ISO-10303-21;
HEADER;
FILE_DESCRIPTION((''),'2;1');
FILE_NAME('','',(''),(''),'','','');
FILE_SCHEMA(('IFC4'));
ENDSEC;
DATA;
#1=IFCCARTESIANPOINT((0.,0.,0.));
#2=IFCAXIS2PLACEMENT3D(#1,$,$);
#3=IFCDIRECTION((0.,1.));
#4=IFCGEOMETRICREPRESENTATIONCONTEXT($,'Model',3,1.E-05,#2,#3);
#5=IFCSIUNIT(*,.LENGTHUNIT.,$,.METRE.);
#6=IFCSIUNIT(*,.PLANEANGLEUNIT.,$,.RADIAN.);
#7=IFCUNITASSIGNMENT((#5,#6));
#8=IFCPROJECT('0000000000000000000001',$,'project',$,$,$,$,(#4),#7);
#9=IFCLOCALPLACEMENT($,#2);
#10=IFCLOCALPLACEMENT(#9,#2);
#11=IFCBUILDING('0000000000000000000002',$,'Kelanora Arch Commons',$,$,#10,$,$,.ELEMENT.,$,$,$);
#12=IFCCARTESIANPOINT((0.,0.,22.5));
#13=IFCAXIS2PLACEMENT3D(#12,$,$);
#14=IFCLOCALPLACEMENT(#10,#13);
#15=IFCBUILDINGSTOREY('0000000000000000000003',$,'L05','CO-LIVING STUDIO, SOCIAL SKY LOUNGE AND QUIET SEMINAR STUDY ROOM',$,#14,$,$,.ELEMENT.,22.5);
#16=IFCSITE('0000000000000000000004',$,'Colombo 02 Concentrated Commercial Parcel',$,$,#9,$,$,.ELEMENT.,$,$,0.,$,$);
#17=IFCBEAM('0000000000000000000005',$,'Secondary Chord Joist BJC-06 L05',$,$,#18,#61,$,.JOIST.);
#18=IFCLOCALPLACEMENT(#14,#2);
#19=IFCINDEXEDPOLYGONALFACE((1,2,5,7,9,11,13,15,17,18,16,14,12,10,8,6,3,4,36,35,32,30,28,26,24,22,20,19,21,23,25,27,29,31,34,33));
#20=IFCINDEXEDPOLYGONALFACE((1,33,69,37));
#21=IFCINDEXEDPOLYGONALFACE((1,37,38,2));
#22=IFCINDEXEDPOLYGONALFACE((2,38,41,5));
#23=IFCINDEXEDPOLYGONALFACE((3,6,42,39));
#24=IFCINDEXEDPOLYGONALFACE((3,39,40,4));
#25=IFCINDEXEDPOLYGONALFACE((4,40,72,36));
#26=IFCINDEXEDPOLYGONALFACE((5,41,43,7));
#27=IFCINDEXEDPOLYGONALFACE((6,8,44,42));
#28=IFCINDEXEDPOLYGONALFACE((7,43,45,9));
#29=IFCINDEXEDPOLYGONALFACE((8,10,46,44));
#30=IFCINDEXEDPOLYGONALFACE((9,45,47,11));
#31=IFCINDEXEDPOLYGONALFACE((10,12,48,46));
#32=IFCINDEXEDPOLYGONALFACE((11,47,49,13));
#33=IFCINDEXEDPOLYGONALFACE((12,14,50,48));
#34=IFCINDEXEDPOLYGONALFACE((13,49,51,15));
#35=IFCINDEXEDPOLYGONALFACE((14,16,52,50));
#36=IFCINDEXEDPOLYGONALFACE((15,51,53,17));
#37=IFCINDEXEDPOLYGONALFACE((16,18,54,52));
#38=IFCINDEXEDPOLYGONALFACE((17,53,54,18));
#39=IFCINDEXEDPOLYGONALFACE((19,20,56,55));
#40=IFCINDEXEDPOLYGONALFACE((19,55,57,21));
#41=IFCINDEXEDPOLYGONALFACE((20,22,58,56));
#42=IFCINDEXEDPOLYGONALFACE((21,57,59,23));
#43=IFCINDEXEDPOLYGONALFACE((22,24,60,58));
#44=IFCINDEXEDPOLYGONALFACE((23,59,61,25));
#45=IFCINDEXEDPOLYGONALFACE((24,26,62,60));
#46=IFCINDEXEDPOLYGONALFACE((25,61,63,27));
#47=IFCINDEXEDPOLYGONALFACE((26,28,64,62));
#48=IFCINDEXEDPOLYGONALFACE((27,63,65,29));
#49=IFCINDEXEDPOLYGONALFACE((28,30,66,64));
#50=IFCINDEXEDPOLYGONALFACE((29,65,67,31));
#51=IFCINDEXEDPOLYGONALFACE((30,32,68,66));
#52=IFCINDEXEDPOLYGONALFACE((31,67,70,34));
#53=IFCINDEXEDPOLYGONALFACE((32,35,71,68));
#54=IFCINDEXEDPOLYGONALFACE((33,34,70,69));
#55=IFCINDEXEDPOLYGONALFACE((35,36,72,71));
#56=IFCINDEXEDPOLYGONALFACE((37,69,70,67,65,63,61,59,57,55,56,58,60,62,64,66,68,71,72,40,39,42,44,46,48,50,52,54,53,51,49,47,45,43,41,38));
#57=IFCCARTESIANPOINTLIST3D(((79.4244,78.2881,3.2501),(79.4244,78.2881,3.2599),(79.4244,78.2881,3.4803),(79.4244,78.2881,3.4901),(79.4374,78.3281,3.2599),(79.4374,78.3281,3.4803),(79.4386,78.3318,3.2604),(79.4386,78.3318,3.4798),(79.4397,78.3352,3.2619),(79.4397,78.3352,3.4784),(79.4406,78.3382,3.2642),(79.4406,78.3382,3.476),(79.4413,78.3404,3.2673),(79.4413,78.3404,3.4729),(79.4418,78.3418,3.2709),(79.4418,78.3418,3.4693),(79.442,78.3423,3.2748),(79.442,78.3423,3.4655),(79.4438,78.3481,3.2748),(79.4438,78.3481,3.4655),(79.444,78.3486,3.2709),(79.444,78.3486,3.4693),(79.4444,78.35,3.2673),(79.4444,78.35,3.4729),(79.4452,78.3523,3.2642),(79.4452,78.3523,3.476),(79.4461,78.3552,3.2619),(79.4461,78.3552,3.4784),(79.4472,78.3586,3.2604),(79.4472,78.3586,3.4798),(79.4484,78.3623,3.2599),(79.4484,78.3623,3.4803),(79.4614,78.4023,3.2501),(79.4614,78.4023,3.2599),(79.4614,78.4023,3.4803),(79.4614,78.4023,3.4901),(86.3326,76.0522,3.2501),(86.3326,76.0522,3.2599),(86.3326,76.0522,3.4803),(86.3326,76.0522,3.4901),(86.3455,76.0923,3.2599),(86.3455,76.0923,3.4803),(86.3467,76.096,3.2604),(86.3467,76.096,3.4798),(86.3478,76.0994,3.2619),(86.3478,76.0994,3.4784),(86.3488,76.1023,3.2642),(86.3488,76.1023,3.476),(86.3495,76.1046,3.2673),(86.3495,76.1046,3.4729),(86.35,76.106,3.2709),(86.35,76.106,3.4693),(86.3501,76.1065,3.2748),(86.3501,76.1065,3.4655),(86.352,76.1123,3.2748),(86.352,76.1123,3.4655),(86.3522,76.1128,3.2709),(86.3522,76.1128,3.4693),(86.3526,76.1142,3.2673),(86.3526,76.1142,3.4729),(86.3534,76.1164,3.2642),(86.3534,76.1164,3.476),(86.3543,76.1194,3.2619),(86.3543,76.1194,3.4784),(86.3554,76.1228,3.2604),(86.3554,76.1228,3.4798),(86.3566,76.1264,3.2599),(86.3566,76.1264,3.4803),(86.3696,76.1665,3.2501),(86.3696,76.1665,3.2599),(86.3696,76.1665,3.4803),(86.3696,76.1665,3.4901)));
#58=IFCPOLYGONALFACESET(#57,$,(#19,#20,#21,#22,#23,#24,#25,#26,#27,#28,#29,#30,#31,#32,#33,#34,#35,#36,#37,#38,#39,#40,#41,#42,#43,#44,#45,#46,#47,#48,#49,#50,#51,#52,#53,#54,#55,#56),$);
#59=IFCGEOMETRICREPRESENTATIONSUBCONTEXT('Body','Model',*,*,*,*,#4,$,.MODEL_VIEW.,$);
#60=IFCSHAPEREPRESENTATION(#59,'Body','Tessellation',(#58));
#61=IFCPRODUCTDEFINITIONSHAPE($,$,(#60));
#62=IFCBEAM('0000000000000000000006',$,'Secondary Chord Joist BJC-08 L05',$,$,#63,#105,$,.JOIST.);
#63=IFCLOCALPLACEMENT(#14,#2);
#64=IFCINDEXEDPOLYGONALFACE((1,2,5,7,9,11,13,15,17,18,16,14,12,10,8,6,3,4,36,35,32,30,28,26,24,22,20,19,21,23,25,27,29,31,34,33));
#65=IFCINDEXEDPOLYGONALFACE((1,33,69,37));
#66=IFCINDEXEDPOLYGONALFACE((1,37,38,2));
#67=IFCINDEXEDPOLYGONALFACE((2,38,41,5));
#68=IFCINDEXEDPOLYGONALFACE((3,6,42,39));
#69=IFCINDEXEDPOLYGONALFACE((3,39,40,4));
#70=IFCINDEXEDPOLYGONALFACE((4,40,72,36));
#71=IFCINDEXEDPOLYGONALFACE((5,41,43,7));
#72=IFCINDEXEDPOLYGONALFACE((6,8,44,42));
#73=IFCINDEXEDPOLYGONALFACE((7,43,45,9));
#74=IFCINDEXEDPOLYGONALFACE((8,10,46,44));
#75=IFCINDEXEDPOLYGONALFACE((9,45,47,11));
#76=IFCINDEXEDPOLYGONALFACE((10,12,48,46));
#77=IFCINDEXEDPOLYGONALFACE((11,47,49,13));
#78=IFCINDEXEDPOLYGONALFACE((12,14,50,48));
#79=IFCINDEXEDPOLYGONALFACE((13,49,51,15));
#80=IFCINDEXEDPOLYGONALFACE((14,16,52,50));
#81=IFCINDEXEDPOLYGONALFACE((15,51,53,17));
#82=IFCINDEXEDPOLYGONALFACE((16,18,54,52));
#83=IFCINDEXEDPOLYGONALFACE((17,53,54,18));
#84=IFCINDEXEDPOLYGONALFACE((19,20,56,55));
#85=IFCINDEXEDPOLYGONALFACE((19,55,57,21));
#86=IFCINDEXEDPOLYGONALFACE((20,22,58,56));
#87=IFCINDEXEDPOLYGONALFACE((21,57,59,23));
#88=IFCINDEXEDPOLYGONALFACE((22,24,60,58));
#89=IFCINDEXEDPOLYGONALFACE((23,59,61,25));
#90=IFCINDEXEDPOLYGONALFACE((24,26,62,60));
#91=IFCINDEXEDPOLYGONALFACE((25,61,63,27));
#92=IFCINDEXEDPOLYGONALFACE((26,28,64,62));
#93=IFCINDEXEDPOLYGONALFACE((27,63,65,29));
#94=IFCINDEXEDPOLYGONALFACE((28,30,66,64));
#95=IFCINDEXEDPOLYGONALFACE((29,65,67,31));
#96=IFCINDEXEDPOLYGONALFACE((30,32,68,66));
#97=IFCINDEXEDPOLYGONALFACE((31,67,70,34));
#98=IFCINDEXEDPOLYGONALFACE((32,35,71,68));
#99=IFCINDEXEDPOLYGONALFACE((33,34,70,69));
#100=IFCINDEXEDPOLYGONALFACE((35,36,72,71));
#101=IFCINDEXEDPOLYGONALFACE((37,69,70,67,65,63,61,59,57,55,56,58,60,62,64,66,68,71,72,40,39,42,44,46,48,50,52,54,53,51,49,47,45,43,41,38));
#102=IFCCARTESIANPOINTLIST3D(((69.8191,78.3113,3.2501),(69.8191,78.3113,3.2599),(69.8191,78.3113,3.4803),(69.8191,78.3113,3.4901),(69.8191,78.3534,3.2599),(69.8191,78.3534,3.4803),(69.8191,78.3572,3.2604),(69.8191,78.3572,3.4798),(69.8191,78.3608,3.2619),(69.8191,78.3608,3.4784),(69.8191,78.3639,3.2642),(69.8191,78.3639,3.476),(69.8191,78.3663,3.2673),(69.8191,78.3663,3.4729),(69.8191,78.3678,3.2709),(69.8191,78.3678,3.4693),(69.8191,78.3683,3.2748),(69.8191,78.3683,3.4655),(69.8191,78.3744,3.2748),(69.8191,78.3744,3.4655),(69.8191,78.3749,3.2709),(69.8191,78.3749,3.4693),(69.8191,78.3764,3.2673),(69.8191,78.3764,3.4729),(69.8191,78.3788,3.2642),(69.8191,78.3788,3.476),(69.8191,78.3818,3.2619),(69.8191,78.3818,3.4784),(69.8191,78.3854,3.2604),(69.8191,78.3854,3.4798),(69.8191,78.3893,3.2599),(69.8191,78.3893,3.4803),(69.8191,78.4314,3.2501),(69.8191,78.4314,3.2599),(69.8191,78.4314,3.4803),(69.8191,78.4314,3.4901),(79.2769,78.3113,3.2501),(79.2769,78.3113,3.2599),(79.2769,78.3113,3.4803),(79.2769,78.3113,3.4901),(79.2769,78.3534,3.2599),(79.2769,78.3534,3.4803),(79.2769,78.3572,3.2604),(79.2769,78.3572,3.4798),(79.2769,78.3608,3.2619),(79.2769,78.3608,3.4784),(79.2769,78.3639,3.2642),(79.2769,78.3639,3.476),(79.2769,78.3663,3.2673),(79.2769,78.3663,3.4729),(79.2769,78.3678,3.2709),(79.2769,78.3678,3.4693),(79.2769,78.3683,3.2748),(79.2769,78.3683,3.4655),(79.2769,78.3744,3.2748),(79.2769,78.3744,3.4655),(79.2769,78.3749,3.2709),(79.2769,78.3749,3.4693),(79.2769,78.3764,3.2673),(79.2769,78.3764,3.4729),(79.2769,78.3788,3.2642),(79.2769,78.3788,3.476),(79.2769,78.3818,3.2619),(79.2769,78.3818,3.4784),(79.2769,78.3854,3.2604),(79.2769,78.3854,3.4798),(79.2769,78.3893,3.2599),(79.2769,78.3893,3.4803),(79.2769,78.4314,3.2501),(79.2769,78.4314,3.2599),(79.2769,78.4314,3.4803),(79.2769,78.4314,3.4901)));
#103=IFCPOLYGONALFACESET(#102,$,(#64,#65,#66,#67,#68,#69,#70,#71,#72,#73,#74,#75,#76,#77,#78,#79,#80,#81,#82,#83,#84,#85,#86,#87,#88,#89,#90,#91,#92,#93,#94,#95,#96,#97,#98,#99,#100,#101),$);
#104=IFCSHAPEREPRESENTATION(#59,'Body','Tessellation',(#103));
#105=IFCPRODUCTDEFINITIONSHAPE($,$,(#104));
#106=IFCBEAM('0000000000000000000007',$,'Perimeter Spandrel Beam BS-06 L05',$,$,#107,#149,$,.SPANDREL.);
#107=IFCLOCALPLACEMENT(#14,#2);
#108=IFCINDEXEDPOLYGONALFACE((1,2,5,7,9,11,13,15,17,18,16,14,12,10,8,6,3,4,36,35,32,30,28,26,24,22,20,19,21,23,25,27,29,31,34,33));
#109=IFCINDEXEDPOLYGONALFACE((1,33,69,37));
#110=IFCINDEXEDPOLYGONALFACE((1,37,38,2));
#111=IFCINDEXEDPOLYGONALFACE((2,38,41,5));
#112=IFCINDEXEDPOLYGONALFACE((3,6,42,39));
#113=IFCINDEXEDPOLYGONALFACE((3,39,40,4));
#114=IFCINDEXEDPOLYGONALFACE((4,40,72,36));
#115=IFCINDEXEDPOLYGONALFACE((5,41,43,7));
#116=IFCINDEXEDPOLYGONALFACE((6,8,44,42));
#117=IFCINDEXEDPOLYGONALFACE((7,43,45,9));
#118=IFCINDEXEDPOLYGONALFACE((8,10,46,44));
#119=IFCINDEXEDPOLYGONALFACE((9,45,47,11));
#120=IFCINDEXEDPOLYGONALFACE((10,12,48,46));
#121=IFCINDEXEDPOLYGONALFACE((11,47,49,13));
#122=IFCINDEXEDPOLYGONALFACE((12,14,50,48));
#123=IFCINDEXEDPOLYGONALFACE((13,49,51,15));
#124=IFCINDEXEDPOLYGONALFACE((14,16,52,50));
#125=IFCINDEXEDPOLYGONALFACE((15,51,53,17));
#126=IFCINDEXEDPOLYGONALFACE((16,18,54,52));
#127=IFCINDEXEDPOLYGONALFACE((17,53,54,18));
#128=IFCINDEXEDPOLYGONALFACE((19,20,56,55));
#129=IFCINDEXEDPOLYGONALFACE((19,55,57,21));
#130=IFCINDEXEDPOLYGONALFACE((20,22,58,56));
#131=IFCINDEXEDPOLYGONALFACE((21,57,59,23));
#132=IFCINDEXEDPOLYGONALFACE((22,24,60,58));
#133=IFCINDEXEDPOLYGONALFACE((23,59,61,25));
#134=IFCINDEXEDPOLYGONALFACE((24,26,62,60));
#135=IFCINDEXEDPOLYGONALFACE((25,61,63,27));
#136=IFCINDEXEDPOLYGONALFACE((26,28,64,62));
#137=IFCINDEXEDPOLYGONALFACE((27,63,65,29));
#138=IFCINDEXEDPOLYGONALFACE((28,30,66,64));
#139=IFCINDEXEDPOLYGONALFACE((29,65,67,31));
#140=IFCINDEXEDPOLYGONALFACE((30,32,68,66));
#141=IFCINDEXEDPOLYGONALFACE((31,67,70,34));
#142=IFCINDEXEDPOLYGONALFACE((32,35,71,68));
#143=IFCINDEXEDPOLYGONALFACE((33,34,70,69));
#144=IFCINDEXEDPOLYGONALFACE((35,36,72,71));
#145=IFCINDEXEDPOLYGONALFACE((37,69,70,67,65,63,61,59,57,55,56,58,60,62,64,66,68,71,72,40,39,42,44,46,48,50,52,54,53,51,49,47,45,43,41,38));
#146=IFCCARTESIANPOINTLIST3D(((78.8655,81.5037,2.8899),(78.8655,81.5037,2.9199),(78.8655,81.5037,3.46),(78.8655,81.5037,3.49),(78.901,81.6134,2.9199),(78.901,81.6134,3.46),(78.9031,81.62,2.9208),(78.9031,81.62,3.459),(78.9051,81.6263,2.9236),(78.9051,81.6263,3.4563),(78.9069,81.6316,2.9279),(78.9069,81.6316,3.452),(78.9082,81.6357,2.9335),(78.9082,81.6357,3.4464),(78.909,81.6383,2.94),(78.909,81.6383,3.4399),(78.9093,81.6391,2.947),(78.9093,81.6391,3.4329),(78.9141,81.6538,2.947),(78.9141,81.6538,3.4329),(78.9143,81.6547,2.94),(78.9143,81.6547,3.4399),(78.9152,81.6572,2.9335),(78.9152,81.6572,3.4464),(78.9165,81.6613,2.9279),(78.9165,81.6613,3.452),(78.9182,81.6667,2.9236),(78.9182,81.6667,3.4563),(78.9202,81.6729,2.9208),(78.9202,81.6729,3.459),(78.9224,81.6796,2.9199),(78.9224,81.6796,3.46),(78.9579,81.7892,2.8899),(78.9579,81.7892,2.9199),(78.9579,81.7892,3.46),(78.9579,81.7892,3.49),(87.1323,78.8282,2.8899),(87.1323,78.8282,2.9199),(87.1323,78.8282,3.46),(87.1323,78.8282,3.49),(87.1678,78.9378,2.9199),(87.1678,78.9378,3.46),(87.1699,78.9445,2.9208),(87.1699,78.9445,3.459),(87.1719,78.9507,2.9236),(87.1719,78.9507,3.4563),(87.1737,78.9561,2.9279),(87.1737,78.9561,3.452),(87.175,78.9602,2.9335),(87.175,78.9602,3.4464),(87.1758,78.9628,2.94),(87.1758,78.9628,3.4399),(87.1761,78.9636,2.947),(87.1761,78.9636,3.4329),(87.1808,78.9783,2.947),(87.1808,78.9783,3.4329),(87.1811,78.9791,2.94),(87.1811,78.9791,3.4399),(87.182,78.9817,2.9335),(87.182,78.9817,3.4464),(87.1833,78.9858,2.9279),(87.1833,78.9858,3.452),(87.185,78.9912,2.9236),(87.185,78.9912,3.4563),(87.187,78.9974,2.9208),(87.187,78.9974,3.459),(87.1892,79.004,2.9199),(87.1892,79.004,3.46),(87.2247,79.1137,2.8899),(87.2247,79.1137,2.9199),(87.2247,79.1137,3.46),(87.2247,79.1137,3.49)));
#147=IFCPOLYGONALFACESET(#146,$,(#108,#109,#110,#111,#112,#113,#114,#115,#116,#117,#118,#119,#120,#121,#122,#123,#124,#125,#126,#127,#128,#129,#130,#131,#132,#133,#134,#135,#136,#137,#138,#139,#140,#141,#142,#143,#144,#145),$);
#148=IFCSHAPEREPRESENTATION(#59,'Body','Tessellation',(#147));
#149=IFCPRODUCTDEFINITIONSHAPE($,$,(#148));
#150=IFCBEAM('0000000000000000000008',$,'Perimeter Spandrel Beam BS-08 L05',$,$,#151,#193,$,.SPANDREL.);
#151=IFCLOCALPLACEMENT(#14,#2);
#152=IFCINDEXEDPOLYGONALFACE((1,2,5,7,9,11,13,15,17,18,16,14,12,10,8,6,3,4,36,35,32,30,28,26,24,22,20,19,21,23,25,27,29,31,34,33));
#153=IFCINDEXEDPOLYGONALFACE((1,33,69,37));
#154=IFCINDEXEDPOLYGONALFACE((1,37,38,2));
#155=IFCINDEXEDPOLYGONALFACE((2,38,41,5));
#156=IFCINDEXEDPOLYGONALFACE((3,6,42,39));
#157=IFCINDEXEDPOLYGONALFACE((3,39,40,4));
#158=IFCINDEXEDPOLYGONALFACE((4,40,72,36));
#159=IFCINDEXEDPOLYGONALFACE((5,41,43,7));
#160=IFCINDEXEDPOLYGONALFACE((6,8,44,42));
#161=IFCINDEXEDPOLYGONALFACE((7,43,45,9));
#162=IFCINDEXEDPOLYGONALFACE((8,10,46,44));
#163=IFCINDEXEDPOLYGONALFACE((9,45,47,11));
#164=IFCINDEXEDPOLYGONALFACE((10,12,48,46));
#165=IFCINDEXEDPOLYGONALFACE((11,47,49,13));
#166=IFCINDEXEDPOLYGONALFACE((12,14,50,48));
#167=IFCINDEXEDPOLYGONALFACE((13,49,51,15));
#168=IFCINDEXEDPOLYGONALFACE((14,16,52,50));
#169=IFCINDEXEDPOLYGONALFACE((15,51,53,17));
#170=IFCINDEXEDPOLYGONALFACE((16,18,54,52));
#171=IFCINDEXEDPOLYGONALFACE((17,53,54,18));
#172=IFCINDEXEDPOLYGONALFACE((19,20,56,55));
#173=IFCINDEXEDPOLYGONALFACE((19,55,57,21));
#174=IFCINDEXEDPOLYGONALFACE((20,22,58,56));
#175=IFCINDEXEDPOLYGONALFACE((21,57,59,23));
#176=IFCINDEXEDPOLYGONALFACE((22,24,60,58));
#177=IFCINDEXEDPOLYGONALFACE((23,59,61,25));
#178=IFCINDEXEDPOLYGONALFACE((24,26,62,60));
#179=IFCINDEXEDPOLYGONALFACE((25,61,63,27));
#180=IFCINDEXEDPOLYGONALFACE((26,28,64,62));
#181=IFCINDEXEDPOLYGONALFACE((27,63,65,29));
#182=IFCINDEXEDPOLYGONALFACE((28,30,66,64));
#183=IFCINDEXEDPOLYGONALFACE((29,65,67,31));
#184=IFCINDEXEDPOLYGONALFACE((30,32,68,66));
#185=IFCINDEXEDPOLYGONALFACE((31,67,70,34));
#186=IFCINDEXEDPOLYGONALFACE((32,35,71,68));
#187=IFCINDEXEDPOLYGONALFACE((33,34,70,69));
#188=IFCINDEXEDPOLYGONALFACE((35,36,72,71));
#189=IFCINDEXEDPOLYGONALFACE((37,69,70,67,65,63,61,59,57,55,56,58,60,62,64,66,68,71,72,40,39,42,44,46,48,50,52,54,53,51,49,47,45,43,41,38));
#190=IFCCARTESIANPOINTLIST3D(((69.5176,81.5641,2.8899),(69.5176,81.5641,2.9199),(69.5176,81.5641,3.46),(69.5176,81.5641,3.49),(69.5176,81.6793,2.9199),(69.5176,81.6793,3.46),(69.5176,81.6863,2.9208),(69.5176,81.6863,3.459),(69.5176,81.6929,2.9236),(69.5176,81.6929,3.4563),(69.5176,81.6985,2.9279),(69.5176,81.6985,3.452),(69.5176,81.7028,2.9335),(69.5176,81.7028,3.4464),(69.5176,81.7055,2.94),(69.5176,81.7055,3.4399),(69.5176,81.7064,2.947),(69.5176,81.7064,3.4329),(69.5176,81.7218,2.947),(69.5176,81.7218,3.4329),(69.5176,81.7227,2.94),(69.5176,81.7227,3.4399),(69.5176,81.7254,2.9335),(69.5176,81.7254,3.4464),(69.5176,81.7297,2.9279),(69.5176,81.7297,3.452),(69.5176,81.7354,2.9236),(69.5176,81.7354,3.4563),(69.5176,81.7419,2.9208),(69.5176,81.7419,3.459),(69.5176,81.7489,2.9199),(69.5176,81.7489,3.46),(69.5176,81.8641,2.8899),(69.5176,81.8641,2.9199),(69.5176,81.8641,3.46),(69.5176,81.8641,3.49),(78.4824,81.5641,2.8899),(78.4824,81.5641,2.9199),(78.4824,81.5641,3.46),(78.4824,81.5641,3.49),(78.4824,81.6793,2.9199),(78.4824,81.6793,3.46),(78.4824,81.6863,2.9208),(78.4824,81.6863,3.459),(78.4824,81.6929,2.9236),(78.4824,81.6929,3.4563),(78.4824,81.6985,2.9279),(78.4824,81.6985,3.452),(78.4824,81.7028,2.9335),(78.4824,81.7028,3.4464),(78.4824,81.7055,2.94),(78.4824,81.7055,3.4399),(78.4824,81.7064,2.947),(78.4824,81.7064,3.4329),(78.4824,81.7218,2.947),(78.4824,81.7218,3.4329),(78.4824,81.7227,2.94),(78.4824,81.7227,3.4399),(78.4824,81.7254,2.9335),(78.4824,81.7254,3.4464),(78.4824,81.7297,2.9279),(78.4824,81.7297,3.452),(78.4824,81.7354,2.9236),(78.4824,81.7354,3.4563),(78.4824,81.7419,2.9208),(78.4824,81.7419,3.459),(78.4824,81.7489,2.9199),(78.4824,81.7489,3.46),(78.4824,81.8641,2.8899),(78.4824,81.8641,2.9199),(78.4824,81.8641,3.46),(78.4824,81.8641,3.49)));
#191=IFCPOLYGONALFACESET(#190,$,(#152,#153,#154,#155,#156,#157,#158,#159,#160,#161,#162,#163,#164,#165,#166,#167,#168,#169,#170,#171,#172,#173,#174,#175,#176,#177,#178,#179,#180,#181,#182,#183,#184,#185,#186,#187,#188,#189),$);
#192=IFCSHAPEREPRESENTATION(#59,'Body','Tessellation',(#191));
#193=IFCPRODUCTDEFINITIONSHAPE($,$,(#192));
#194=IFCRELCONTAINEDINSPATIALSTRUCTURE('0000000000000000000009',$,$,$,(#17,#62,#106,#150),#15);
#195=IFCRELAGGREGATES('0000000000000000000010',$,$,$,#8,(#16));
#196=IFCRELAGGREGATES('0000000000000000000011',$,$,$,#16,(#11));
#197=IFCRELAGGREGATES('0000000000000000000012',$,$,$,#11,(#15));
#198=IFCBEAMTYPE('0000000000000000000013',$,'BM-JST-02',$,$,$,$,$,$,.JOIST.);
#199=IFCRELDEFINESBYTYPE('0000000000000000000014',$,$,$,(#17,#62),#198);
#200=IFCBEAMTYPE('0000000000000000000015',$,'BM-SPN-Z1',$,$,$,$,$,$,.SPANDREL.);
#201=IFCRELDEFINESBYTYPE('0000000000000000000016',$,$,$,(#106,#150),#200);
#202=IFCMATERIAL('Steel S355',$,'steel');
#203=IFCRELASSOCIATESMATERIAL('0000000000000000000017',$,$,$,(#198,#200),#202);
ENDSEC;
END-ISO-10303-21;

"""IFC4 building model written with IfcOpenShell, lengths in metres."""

from ifc_helpers import new_model, si_unit, direction, frame, origin, origin_2d, place, context, subcontext, project, spatial, i_section, extrude, material, material_profile, profile_set, type_object, element, save


model = new_model("IFC4")

# Units and contexts
model_context = context("Model", 3, precision=1e-05, world=origin(), true_north=direction((0.0, 1.0)))
body_context = subcontext(model_context, "Body", "Model", "MODEL_VIEW")
ifc_project = project(units=[si_unit("LENGTHUNIT", "METRE"), si_unit("PLANEANGLEUNIT", "RADIAN")], contexts=[model_context])

# Site, building, storey
site_placement = place(None, origin())
site = spatial("IfcSite", under=ifc_project, at=site_placement, Name="Colombo 02 Concentrated Commercial Parcel", CompositionType="ELEMENT", RefElevation=0.0)
building_placement = place(site_placement, origin())
building = spatial("IfcBuilding", under=site, at=building_placement, Name="Kelanora Arch Commons", CompositionType="ELEMENT")
storey_placement = place(building_placement, frame((0.0, 0.0, 22.5)))
storey = spatial("IfcBuildingStorey", under=building, at=storey_placement, Name="L05", Description="CO-LIVING STUDIO, SOCIAL SKY LOUNGE AND QUIET SEMINAR STUDY ROOM", CompositionType="ELEMENT", Elevation=22.5)

# Beams
ifc_material_1 = material(Name="Steel S355", Category="steel")
ifc_material_profile_1 = material_profile(ifc_material_1, i_section(OverallWidth=0.1201, OverallDepth=0.24, WebThickness=0.0061, FlangeThickness=0.0098, FilletRadius=0.0149, at=origin_2d()), Name="IPE240")
ifc_profile_set_1 = profile_set([ifc_material_profile_1], Name="Steel S355")
beam_type_1 = type_object("IfcBeamType", Name="BM-JST-02", PredefinedType="JOIST", material=ifc_profile_set_1)
beam_1_placement = place(storey_placement, frame((86.3511, 76.1094, 3.3701), z_axis=(-0.951411, 0.307924, 0.0), x_axis=(-0.307924, -0.951411, 0.0)))
element("IfcBeam", 1, at=beam_1_placement, inside=storey, type_object=beam_type_1, Name="Secondary Chord Joist BJC-06 L05", PredefinedType="JOIST", context=body_context, shape_type="SweptSolid", body=[
    extrude(i_section(OverallWidth=0.1201, OverallDepth=0.24, WebThickness=0.0061, FlangeThickness=0.0098, FilletRadius=0.0149, at=origin_2d()), origin(), (0.0, 0.0, 1.0), 7.261),
])
beam_2_placement = place(storey_placement, frame((79.2769, 78.3713, 3.3701), z_axis=(-1.0, 0.0, 0.0), x_axis=(0.0, -1.0, 0.0)))
element("IfcBeam", 2, at=beam_2_placement, inside=storey, type_object=beam_type_1, Name="Secondary Chord Joist BJC-08 L05", PredefinedType="JOIST", context=body_context, shape_type="SweptSolid", body=[
    extrude(i_section(OverallWidth=0.1201, OverallDepth=0.24, WebThickness=0.0061, FlangeThickness=0.0098, FilletRadius=0.0149, at=origin_2d()), origin(), (0.0, 0.0, 1.0), 9.4578),
])
ifc_material_profile_2 = material_profile(ifc_material_1, i_section(OverallWidth=0.3, OverallDepth=0.6001, WebThickness=0.0154, FlangeThickness=0.03, FilletRadius=0.0271, at=origin_2d()), Name="HEB600")
ifc_profile_set_2 = profile_set([ifc_material_profile_2], Name="Steel S355")
beam_type_2 = type_object("IfcBeamType", Name="BM-SPN-Z1", PredefinedType="SPANDREL", material=ifc_profile_set_2)
beam_3_placement = place(storey_placement, frame((87.1785, 78.9709, 3.1899), z_axis=(-0.951412, 0.307921, 0.0), x_axis=(-0.307921, -0.951412, 0.0)))
element("IfcBeam", 3, at=beam_3_placement, inside=storey, type_object=beam_type_2, Name="Perimeter Spandrel Beam BS-06 L05", PredefinedType="SPANDREL", context=body_context, shape_type="SweptSolid", body=[
    extrude(i_section(OverallWidth=0.3, OverallDepth=0.6001, WebThickness=0.0154, FlangeThickness=0.03, FilletRadius=0.0271, at=origin_2d()), origin(), (0.0, 0.0, 1.0), 8.689),
])
beam_4_placement = place(storey_placement, frame((78.4824, 81.7141, 3.1899), z_axis=(-1.0, 0.0, 0.0), x_axis=(0.0, -1.0, 0.0)))
element("IfcBeam", 4, at=beam_4_placement, inside=storey, type_object=beam_type_2, Name="Perimeter Spandrel Beam BS-08 L05", PredefinedType="SPANDREL", context=body_context, shape_type="SweptSolid", body=[
    extrude(i_section(OverallWidth=0.3, OverallDepth=0.6001, WebThickness=0.0154, FlangeThickness=0.03, FilletRadius=0.0271, at=origin_2d()), origin(), (0.0, 0.0, 1.0), 8.9648),
])

save(model, "model.ifc")
